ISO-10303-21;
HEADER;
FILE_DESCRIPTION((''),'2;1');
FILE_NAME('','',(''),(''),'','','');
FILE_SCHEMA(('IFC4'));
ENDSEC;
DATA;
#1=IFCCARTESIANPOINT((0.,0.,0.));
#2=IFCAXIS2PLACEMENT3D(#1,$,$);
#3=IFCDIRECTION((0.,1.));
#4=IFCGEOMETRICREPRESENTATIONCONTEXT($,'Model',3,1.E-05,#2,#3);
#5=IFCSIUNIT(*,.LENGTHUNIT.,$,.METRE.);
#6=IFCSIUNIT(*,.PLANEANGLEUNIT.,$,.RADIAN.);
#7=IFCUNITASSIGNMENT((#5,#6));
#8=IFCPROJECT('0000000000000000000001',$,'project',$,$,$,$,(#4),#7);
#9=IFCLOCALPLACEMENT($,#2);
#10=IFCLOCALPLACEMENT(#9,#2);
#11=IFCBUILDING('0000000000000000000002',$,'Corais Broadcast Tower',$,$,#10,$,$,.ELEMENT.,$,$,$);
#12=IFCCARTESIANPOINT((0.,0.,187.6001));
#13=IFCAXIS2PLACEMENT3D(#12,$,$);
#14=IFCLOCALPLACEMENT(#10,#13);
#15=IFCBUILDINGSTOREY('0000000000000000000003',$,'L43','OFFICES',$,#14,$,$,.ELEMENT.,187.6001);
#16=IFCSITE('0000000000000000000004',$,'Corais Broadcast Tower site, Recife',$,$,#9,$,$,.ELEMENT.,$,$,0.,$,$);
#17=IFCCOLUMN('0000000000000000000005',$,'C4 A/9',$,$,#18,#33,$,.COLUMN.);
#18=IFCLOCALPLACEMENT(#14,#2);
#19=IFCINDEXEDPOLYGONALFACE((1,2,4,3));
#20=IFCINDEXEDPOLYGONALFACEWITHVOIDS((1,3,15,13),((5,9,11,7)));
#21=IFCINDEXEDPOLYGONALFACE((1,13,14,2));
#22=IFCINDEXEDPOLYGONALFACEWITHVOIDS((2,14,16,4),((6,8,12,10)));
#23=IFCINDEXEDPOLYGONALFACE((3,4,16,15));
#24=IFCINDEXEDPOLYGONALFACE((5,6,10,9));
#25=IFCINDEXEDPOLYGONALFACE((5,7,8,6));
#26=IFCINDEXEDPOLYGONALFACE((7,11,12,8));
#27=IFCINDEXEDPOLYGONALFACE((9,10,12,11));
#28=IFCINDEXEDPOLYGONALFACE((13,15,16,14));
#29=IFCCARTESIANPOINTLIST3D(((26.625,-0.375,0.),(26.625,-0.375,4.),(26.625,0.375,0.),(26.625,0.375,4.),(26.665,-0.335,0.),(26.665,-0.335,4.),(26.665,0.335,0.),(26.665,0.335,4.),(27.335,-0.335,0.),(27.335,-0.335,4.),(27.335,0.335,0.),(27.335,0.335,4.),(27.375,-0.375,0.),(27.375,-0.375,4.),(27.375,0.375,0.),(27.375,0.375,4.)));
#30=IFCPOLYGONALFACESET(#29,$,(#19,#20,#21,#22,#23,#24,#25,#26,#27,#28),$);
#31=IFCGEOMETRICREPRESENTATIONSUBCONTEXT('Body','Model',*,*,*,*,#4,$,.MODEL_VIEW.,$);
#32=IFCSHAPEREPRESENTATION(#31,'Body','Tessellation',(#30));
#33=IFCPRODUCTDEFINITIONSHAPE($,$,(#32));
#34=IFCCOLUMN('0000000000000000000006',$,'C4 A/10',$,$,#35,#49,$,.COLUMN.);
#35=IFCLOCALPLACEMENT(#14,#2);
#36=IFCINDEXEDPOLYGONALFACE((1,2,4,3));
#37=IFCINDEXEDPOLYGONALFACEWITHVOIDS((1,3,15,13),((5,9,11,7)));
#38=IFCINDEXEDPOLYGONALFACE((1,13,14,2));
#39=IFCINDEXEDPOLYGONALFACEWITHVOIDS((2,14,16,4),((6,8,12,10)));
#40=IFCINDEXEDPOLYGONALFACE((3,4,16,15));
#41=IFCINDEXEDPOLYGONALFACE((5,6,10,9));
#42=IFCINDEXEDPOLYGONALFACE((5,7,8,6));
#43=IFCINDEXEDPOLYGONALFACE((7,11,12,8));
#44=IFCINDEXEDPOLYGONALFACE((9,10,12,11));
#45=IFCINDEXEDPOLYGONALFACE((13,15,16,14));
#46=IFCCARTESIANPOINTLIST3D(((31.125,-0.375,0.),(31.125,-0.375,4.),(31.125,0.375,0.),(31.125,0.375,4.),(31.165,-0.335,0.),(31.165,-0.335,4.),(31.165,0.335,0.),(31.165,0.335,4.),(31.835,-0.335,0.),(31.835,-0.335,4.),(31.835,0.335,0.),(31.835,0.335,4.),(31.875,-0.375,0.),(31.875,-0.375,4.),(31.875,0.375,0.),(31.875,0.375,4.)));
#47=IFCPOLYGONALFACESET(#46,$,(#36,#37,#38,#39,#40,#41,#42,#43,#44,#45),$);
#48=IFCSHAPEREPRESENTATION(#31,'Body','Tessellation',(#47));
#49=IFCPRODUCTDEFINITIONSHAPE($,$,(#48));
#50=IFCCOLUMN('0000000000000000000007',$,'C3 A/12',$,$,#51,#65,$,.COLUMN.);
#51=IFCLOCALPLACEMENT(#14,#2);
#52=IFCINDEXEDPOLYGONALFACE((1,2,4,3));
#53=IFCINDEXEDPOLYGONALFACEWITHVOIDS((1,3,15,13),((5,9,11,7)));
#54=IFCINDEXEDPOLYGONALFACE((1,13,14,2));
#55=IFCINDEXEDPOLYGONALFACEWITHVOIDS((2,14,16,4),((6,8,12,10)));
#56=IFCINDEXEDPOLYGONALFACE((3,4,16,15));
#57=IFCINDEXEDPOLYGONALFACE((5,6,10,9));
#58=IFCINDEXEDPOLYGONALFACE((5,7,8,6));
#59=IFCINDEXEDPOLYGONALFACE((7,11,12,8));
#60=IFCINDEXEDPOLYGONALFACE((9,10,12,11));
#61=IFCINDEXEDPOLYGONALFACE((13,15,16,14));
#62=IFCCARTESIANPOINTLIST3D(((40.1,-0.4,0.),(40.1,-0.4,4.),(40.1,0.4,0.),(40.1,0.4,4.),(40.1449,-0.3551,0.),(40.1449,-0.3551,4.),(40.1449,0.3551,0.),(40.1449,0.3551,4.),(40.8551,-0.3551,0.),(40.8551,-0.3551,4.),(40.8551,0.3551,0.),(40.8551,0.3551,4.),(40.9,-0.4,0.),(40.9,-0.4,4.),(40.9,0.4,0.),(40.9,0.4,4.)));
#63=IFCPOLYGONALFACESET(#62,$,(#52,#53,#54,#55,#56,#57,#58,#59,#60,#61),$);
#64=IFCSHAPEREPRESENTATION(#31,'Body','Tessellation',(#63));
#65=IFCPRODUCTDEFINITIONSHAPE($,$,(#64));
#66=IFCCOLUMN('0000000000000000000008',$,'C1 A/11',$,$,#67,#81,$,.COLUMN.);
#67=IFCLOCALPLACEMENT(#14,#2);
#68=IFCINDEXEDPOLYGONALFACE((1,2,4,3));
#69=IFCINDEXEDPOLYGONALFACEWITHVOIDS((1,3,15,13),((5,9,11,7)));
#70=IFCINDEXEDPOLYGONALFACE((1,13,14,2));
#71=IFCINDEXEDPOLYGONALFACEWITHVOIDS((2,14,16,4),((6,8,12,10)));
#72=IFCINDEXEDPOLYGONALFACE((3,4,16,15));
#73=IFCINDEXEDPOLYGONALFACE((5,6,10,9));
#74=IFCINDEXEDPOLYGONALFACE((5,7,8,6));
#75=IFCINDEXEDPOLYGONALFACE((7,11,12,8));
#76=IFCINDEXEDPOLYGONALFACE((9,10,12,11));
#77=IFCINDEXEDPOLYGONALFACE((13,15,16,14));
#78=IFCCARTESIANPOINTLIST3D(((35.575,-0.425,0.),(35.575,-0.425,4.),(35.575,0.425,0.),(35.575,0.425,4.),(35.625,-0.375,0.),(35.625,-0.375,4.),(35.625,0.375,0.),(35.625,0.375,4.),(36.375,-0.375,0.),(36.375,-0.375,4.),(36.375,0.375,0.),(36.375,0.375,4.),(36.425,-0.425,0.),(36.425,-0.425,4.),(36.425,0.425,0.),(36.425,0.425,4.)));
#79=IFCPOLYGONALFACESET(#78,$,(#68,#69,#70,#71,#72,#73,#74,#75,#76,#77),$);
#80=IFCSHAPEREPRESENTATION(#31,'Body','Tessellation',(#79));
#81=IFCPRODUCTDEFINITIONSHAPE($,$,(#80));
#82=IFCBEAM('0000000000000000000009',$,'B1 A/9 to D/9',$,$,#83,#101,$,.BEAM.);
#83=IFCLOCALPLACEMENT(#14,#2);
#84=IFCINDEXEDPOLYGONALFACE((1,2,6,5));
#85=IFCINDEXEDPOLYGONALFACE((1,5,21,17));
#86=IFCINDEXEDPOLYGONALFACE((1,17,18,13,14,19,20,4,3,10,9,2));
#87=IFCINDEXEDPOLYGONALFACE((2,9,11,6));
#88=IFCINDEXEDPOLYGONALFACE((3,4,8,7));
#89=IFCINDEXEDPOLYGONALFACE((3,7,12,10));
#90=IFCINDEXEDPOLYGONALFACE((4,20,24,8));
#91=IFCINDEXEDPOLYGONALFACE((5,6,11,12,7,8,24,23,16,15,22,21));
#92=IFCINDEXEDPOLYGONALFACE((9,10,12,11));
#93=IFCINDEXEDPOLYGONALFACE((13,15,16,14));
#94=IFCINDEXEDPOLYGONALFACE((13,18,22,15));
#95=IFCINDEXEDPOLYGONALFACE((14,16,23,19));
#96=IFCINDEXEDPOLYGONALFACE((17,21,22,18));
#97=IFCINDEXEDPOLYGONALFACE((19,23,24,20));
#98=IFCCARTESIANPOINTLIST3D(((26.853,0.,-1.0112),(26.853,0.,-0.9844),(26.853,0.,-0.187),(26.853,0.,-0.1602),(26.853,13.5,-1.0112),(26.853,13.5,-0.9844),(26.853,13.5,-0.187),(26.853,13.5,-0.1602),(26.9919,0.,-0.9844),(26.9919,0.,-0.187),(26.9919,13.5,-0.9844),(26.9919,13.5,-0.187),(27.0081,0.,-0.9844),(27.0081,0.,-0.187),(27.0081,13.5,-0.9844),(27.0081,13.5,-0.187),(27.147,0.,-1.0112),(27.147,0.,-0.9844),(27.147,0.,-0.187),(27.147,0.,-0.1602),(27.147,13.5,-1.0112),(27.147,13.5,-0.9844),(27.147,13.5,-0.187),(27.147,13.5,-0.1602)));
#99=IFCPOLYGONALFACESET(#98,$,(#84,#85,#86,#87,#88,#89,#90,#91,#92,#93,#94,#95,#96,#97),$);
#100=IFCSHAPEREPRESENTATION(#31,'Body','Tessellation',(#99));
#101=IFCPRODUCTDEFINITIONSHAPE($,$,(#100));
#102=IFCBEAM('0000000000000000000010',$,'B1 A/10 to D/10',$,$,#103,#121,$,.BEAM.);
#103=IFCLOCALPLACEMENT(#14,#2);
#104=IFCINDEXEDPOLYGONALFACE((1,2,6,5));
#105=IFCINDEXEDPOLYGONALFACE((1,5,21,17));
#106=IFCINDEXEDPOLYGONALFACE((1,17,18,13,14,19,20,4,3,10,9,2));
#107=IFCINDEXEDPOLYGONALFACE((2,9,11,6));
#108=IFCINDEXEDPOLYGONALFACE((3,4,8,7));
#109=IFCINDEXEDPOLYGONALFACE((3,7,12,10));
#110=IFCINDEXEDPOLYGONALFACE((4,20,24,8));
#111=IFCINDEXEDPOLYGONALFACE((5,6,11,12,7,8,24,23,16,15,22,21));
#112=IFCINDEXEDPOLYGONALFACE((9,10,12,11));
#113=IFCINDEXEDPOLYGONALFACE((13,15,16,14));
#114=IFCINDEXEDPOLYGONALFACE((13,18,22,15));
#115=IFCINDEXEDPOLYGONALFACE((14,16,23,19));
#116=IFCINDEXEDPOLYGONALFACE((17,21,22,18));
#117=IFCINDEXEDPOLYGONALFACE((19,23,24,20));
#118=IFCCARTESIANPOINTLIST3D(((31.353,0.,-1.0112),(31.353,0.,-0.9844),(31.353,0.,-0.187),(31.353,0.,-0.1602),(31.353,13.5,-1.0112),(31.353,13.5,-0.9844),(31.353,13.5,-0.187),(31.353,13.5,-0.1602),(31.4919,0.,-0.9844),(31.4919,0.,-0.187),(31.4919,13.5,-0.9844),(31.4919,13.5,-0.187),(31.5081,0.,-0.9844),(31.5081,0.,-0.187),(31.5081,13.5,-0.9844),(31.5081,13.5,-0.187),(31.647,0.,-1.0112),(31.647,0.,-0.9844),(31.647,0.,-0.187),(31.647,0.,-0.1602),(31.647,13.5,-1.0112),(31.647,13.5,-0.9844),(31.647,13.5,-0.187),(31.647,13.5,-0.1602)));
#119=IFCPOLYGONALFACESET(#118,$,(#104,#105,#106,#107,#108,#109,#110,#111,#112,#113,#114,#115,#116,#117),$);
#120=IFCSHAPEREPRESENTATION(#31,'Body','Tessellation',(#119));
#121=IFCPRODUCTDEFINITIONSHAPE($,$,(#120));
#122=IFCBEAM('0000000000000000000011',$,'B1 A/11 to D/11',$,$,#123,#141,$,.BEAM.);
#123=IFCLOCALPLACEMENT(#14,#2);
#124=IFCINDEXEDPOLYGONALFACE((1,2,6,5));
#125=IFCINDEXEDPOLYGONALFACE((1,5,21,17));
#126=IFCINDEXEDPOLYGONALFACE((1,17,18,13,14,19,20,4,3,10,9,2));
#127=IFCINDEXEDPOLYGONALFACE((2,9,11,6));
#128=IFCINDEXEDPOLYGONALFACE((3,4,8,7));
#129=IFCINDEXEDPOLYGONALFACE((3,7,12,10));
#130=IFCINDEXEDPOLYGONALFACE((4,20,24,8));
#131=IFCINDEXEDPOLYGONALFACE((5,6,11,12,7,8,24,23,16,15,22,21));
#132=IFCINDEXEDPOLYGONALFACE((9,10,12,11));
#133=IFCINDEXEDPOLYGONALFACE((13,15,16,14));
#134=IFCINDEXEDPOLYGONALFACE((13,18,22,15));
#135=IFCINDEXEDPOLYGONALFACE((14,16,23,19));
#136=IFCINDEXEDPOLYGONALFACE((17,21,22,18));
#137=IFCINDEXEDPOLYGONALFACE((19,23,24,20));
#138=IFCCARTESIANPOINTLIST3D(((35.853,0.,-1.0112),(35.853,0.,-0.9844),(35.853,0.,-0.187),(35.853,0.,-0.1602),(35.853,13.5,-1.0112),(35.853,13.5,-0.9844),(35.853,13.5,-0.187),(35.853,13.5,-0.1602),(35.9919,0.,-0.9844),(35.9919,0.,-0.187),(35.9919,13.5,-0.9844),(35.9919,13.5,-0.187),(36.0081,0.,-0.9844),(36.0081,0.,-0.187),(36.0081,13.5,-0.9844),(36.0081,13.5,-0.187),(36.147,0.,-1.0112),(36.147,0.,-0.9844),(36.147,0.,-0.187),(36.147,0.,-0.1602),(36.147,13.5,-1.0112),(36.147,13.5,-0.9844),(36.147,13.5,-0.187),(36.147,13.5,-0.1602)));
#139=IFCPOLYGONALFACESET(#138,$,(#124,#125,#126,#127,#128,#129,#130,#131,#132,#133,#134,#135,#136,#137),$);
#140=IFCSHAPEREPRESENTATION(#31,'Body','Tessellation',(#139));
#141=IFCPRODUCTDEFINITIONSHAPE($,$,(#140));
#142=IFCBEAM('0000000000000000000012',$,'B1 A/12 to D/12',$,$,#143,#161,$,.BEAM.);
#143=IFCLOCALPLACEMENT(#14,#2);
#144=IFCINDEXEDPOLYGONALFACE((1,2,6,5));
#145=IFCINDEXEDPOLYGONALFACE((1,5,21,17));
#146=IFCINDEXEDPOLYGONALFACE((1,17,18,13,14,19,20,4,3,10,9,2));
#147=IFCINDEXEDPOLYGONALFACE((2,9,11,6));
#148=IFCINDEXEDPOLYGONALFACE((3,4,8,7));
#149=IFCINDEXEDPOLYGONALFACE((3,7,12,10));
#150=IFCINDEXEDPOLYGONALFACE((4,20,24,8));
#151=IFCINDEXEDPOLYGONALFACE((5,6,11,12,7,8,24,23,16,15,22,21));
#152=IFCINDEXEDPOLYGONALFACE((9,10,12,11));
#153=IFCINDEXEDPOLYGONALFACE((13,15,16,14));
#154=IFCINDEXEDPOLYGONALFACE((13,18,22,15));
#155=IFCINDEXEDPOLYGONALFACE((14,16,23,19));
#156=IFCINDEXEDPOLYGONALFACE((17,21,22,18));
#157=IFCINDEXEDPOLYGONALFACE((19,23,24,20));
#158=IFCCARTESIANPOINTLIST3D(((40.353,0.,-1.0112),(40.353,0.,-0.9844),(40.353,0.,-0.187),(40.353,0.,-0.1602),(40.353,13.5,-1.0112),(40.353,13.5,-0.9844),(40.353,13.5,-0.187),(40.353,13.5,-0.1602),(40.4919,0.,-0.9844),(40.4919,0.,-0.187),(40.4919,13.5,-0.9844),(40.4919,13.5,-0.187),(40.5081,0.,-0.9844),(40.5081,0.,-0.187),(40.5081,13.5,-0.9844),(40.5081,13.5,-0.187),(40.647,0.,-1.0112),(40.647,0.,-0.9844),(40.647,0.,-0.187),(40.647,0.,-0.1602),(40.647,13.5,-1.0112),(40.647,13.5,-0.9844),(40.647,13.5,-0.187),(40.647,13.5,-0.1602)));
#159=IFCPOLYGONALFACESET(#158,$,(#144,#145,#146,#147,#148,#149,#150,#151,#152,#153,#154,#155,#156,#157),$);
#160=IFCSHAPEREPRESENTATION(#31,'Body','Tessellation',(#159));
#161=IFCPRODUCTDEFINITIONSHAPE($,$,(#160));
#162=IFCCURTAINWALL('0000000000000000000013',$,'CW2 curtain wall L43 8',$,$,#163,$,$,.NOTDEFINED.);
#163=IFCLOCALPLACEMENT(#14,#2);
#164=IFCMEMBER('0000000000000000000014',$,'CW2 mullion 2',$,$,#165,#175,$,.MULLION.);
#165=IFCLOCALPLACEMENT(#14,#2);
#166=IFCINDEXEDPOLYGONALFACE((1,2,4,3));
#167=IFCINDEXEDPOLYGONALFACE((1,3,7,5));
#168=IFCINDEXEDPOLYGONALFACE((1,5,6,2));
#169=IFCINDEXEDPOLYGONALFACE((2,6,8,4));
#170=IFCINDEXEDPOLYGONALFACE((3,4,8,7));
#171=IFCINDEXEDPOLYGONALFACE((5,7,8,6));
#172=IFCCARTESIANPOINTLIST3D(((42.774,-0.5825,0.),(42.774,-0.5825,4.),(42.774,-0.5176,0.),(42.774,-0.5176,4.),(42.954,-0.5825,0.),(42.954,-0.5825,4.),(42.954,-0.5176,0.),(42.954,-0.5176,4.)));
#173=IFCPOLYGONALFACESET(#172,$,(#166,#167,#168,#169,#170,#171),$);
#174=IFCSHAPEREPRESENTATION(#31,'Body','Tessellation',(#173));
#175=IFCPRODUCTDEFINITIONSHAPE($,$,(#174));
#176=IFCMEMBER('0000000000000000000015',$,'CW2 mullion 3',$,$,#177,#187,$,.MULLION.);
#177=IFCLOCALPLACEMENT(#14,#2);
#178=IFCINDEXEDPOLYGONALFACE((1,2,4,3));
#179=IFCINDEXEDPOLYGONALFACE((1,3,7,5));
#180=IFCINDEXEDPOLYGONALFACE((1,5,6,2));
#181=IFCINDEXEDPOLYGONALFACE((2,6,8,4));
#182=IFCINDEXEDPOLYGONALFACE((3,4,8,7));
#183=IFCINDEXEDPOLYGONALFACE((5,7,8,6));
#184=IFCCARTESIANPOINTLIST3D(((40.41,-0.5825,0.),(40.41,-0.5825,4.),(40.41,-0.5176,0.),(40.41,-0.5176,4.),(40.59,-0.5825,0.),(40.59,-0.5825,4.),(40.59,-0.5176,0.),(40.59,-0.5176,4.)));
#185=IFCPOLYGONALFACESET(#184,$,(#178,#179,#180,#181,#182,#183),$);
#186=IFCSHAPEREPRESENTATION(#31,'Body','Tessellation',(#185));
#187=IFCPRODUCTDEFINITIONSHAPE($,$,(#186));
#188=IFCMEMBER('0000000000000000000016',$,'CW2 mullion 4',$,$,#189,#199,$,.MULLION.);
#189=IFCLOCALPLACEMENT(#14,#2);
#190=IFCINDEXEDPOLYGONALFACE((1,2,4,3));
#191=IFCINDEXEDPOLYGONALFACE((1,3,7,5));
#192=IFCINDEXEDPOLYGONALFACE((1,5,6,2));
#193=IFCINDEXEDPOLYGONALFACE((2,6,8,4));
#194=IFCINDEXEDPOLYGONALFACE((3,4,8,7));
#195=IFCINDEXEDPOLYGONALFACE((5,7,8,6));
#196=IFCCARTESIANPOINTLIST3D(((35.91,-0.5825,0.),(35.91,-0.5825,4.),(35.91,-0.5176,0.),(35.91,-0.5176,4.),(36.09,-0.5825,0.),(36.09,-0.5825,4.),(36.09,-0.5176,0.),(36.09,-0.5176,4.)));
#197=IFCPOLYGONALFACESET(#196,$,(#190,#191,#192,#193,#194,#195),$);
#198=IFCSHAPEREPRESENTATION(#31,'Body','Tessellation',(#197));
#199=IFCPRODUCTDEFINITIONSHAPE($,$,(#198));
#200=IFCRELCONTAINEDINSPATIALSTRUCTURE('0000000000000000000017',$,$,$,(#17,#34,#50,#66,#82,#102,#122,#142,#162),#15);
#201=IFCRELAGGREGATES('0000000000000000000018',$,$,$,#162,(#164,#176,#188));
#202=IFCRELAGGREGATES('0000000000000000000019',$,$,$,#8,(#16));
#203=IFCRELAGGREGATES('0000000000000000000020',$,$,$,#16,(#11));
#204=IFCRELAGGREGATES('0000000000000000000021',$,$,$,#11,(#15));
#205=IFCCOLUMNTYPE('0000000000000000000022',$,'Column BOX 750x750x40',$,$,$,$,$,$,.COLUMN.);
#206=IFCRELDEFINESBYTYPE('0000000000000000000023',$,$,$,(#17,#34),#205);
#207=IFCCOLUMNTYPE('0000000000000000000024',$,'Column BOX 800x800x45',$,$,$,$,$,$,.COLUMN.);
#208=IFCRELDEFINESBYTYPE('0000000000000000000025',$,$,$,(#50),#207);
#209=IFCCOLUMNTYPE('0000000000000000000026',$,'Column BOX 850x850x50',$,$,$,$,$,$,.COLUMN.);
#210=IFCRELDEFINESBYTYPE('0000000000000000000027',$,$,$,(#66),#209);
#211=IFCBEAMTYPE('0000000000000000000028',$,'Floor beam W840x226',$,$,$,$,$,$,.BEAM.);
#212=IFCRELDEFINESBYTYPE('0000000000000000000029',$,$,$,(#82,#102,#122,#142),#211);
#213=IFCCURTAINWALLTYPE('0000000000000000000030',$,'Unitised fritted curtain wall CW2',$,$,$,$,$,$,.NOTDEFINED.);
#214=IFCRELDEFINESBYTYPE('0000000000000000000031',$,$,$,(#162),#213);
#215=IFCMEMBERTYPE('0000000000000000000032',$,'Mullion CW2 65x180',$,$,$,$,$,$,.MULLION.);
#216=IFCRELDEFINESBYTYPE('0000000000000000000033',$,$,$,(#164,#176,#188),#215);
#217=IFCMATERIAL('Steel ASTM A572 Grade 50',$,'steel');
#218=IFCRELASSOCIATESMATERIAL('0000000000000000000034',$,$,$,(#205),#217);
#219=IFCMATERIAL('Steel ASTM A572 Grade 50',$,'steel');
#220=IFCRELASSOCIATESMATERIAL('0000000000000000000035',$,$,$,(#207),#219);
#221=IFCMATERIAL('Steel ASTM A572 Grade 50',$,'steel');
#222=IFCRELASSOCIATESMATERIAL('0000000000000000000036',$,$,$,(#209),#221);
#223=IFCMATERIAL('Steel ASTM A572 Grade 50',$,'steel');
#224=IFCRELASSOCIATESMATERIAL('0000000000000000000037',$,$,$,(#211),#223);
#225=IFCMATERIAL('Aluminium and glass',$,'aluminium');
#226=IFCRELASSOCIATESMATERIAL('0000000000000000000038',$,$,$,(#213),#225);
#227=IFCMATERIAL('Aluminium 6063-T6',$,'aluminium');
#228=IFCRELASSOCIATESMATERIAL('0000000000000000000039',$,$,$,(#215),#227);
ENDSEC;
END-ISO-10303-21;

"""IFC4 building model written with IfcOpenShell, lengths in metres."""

from ifc_helpers import new_model, si_unit, direction, frame, origin, origin_2d, place, context, subcontext, project, spatial, rectangle, hollow_rectangle, i_section, extrude, material, material_profile, profile_set, type_object, element, aggregate, save


model = new_model("IFC4")

# Units and contexts
model_context = context("Model", 3, precision=1e-05, world=origin(), true_north=direction((0.0, 1.0)))
body_context = subcontext(model_context, "Body", "Model", "MODEL_VIEW")
ifc_project = project(units=[si_unit("LENGTHUNIT", "METRE"), si_unit("PLANEANGLEUNIT", "RADIAN")], contexts=[model_context])

# Site, building, storey
site_placement = place(None, origin())
site = spatial("IfcSite", under=ifc_project, at=site_placement, Name="Corais Broadcast Tower site, Recife", CompositionType="ELEMENT", RefElevation=0.0)
building_placement = place(site_placement, origin())
building = spatial("IfcBuilding", under=site, at=building_placement, Name="Corais Broadcast Tower", CompositionType="ELEMENT")
storey_placement = place(building_placement, frame((0.0, 0.0, 187.6001)))
storey = spatial("IfcBuildingStorey", under=building, at=storey_placement, Name="L43", Description="OFFICES", CompositionType="ELEMENT", Elevation=187.6001)

# Columns
ifc_material_1 = material(Name="Steel ASTM A572 Grade 50", Category="steel")
ifc_material_profile_1 = material_profile(ifc_material_1, hollow_rectangle(XDim=0.75, YDim=0.75, WallThickness=0.04, at=origin_2d()), Name="BOX 750x750x40")
ifc_profile_set_1 = profile_set([ifc_material_profile_1], Name="Steel ASTM A572 Grade 50")
column_type_1 = type_object("IfcColumnType", Name="Column BOX 750x750x40", PredefinedType="COLUMN", material=ifc_profile_set_1)
for number, where, z_axis, x_axis, name in (
    (1, (27.0, 0.0, 0.0), (0.0, 0.0, 1.0), (1.0, 0.0, 0.0), "C4 A/9"),
    (2, (31.5, 0.0, 0.0), (0.0, 0.0, 1.0), (1.0, 0.0, 0.0), "C4 A/10"),
):
    element("IfcColumn", number, at=place(storey_placement, frame(where, z_axis=z_axis, x_axis=x_axis)), inside=storey, type_object=column_type_1, Name=name, PredefinedType="COLUMN", context=body_context, shape_type="SweptSolid", body=[
        extrude(hollow_rectangle(XDim=0.75, YDim=0.75, WallThickness=0.04, at=origin_2d()), origin(), (0.0, 0.0, 1.0), 4.0),
    ])
ifc_material_2 = material(Name="Steel ASTM A572 Grade 50", Category="steel")
ifc_material_profile_2 = material_profile(ifc_material_2, hollow_rectangle(XDim=0.8, YDim=0.8, WallThickness=0.0449, at=origin_2d()), Name="BOX 800x800x45")
ifc_profile_set_2 = profile_set([ifc_material_profile_2], Name="Steel ASTM A572 Grade 50")
column_type_2 = type_object("IfcColumnType", Name="Column BOX 800x800x45", PredefinedType="COLUMN", material=ifc_profile_set_2)
column_1_placement = place(storey_placement, frame((40.5, 0.0, 0.0), z_axis=(0.0, 0.0, 1.0), x_axis=(1.0, 0.0, 0.0)))
element("IfcColumn", 3, at=column_1_placement, inside=storey, type_object=column_type_2, Name="C3 A/12", PredefinedType="COLUMN", context=body_context, shape_type="SweptSolid", body=[
    extrude(hollow_rectangle(XDim=0.8, YDim=0.8, WallThickness=0.0449, at=origin_2d()), origin(), (0.0, 0.0, 1.0), 4.0),
])
ifc_material_3 = material(Name="Steel ASTM A572 Grade 50", Category="steel")
ifc_material_profile_3 = material_profile(ifc_material_3, hollow_rectangle(XDim=0.8501, YDim=0.8501, WallThickness=0.05, at=origin_2d()), Name="BOX 850x850x50")
ifc_profile_set_3 = profile_set([ifc_material_profile_3], Name="Steel ASTM A572 Grade 50")
column_type_3 = type_object("IfcColumnType", Name="Column BOX 850x850x50", PredefinedType="COLUMN", material=ifc_profile_set_3)
column_2_placement = place(storey_placement, frame((36.0, 0.0, 0.0), z_axis=(0.0, 0.0, 1.0), x_axis=(1.0, 0.0, 0.0)))
element("IfcColumn", 4, at=column_2_placement, inside=storey, type_object=column_type_3, Name="C1 A/11", PredefinedType="COLUMN", context=body_context, shape_type="SweptSolid", body=[
    extrude(hollow_rectangle(XDim=0.8501, YDim=0.8501, WallThickness=0.05, at=origin_2d()), origin(), (0.0, 0.0, 1.0), 4.0),
])

# Beams
ifc_material_4 = material(Name="Steel ASTM A572 Grade 50", Category="steel")
ifc_material_profile_4 = material_profile(ifc_material_4, i_section(OverallWidth=0.2939, OverallDepth=0.8511, WebThickness=0.0161, FlangeThickness=0.0269, at=origin_2d()), Name="W840x226")
ifc_profile_set_4 = profile_set([ifc_material_profile_4], Name="Steel ASTM A572 Grade 50")
beam_type_1 = type_object("IfcBeamType", Name="Floor beam W840x226", PredefinedType="BEAM", material=ifc_profile_set_4)
for number, where, z_axis, x_axis, name in (
    (5, (27.0, 0.0, -0.5857), (0.0, 1.0, 0.0), (-1.0, 0.0, 0.0), "B1 A/9 to D/9"),
    (6, (31.5, 0.0, -0.5857), (0.0, 1.0, 0.0), (-1.0, 0.0, 0.0), "B1 A/10 to D/10"),
    (7, (36.0, 0.0, -0.5857), (0.0, 1.0, 0.0), (-1.0, 0.0, 0.0), "B1 A/11 to D/11"),
    (8, (40.5, 0.0, -0.5857), (0.0, 1.0, 0.0), (-1.0, 0.0, 0.0), "B1 A/12 to D/12"),
):
    element("IfcBeam", number, at=place(storey_placement, frame(where, z_axis=z_axis, x_axis=x_axis)), inside=storey, type_object=beam_type_1, Name=name, PredefinedType="BEAM", context=body_context, shape_type="SweptSolid", body=[
        extrude(i_section(OverallWidth=0.2939, OverallDepth=0.8511, WebThickness=0.0161, FlangeThickness=0.0269, at=origin_2d()), origin(), (0.0, 0.0, 1.0), 13.5),
    ])

# Curtain wall, members
ifc_material_5 = material(Name="Aluminium and glass", Category="aluminium")
curtain_wall_type = type_object("IfcCurtainWallType", Name="Unitised fritted curtain wall CW2", PredefinedType="NOTDEFINED", material=ifc_material_5)
curtain_wall_placement = place(storey_placement, origin())
curtain_wall = element("IfcCurtainWall", 9, at=curtain_wall_placement, inside=storey, type_object=curtain_wall_type, Name="CW2 curtain wall L43 8", PredefinedType="NOTDEFINED")
ifc_material_6 = material(Name="Aluminium 6063-T6", Category="aluminium")
ifc_material_profile_5 = material_profile(ifc_material_6, rectangle(XDim=0.0649, YDim=0.1799, at=origin_2d()), Name="Mullion CW2 65x180")
ifc_profile_set_5 = profile_set([ifc_material_profile_5], Name="Aluminium 6063-T6")
member_type_1 = type_object("IfcMemberType", Name="Mullion CW2 65x180", PredefinedType="MULLION", material=ifc_profile_set_5)
member_1_placement = place(storey_placement, frame((42.864, -0.55, 0.0), z_axis=(0.0, 0.0, 1.0), x_axis=(0.0, -1.0, 0.0)))
member_1 = element("IfcMember", 10, at=member_1_placement, type_object=member_type_1, Name="CW2 mullion 2", PredefinedType="MULLION", context=body_context, shape_type="SweptSolid", body=[
    extrude(rectangle(XDim=0.0649, YDim=0.1799, at=origin_2d()), origin(), (0.0, 0.0, 1.0), 4.0),
])
member_2_placement = place(storey_placement, frame((40.5, -0.55, 0.0), z_axis=(0.0, 0.0, 1.0), x_axis=(0.0, -1.0, 0.0)))
member_2 = element("IfcMember", 11, at=member_2_placement, type_object=member_type_1, Name="CW2 mullion 3", PredefinedType="MULLION", context=body_context, shape_type="SweptSolid", body=[
    extrude(rectangle(XDim=0.0649, YDim=0.1799, at=origin_2d()), origin(), (0.0, 0.0, 1.0), 4.0),
])
member_3_placement = place(storey_placement, frame((36.0, -0.55, 0.0), z_axis=(0.0, 0.0, 1.0), x_axis=(0.0, -1.0, 0.0)))
member_3 = element("IfcMember", 12, at=member_3_placement, type_object=member_type_1, Name="CW2 mullion 4", PredefinedType="MULLION", context=body_context, shape_type="SweptSolid", body=[
    extrude(rectangle(XDim=0.0649, YDim=0.1799, at=origin_2d()), origin(), (0.0, 0.0, 1.0), 4.0),
])

aggregate(curtain_wall, [member_1, member_2, member_3])

save(model, "model.ifc")
